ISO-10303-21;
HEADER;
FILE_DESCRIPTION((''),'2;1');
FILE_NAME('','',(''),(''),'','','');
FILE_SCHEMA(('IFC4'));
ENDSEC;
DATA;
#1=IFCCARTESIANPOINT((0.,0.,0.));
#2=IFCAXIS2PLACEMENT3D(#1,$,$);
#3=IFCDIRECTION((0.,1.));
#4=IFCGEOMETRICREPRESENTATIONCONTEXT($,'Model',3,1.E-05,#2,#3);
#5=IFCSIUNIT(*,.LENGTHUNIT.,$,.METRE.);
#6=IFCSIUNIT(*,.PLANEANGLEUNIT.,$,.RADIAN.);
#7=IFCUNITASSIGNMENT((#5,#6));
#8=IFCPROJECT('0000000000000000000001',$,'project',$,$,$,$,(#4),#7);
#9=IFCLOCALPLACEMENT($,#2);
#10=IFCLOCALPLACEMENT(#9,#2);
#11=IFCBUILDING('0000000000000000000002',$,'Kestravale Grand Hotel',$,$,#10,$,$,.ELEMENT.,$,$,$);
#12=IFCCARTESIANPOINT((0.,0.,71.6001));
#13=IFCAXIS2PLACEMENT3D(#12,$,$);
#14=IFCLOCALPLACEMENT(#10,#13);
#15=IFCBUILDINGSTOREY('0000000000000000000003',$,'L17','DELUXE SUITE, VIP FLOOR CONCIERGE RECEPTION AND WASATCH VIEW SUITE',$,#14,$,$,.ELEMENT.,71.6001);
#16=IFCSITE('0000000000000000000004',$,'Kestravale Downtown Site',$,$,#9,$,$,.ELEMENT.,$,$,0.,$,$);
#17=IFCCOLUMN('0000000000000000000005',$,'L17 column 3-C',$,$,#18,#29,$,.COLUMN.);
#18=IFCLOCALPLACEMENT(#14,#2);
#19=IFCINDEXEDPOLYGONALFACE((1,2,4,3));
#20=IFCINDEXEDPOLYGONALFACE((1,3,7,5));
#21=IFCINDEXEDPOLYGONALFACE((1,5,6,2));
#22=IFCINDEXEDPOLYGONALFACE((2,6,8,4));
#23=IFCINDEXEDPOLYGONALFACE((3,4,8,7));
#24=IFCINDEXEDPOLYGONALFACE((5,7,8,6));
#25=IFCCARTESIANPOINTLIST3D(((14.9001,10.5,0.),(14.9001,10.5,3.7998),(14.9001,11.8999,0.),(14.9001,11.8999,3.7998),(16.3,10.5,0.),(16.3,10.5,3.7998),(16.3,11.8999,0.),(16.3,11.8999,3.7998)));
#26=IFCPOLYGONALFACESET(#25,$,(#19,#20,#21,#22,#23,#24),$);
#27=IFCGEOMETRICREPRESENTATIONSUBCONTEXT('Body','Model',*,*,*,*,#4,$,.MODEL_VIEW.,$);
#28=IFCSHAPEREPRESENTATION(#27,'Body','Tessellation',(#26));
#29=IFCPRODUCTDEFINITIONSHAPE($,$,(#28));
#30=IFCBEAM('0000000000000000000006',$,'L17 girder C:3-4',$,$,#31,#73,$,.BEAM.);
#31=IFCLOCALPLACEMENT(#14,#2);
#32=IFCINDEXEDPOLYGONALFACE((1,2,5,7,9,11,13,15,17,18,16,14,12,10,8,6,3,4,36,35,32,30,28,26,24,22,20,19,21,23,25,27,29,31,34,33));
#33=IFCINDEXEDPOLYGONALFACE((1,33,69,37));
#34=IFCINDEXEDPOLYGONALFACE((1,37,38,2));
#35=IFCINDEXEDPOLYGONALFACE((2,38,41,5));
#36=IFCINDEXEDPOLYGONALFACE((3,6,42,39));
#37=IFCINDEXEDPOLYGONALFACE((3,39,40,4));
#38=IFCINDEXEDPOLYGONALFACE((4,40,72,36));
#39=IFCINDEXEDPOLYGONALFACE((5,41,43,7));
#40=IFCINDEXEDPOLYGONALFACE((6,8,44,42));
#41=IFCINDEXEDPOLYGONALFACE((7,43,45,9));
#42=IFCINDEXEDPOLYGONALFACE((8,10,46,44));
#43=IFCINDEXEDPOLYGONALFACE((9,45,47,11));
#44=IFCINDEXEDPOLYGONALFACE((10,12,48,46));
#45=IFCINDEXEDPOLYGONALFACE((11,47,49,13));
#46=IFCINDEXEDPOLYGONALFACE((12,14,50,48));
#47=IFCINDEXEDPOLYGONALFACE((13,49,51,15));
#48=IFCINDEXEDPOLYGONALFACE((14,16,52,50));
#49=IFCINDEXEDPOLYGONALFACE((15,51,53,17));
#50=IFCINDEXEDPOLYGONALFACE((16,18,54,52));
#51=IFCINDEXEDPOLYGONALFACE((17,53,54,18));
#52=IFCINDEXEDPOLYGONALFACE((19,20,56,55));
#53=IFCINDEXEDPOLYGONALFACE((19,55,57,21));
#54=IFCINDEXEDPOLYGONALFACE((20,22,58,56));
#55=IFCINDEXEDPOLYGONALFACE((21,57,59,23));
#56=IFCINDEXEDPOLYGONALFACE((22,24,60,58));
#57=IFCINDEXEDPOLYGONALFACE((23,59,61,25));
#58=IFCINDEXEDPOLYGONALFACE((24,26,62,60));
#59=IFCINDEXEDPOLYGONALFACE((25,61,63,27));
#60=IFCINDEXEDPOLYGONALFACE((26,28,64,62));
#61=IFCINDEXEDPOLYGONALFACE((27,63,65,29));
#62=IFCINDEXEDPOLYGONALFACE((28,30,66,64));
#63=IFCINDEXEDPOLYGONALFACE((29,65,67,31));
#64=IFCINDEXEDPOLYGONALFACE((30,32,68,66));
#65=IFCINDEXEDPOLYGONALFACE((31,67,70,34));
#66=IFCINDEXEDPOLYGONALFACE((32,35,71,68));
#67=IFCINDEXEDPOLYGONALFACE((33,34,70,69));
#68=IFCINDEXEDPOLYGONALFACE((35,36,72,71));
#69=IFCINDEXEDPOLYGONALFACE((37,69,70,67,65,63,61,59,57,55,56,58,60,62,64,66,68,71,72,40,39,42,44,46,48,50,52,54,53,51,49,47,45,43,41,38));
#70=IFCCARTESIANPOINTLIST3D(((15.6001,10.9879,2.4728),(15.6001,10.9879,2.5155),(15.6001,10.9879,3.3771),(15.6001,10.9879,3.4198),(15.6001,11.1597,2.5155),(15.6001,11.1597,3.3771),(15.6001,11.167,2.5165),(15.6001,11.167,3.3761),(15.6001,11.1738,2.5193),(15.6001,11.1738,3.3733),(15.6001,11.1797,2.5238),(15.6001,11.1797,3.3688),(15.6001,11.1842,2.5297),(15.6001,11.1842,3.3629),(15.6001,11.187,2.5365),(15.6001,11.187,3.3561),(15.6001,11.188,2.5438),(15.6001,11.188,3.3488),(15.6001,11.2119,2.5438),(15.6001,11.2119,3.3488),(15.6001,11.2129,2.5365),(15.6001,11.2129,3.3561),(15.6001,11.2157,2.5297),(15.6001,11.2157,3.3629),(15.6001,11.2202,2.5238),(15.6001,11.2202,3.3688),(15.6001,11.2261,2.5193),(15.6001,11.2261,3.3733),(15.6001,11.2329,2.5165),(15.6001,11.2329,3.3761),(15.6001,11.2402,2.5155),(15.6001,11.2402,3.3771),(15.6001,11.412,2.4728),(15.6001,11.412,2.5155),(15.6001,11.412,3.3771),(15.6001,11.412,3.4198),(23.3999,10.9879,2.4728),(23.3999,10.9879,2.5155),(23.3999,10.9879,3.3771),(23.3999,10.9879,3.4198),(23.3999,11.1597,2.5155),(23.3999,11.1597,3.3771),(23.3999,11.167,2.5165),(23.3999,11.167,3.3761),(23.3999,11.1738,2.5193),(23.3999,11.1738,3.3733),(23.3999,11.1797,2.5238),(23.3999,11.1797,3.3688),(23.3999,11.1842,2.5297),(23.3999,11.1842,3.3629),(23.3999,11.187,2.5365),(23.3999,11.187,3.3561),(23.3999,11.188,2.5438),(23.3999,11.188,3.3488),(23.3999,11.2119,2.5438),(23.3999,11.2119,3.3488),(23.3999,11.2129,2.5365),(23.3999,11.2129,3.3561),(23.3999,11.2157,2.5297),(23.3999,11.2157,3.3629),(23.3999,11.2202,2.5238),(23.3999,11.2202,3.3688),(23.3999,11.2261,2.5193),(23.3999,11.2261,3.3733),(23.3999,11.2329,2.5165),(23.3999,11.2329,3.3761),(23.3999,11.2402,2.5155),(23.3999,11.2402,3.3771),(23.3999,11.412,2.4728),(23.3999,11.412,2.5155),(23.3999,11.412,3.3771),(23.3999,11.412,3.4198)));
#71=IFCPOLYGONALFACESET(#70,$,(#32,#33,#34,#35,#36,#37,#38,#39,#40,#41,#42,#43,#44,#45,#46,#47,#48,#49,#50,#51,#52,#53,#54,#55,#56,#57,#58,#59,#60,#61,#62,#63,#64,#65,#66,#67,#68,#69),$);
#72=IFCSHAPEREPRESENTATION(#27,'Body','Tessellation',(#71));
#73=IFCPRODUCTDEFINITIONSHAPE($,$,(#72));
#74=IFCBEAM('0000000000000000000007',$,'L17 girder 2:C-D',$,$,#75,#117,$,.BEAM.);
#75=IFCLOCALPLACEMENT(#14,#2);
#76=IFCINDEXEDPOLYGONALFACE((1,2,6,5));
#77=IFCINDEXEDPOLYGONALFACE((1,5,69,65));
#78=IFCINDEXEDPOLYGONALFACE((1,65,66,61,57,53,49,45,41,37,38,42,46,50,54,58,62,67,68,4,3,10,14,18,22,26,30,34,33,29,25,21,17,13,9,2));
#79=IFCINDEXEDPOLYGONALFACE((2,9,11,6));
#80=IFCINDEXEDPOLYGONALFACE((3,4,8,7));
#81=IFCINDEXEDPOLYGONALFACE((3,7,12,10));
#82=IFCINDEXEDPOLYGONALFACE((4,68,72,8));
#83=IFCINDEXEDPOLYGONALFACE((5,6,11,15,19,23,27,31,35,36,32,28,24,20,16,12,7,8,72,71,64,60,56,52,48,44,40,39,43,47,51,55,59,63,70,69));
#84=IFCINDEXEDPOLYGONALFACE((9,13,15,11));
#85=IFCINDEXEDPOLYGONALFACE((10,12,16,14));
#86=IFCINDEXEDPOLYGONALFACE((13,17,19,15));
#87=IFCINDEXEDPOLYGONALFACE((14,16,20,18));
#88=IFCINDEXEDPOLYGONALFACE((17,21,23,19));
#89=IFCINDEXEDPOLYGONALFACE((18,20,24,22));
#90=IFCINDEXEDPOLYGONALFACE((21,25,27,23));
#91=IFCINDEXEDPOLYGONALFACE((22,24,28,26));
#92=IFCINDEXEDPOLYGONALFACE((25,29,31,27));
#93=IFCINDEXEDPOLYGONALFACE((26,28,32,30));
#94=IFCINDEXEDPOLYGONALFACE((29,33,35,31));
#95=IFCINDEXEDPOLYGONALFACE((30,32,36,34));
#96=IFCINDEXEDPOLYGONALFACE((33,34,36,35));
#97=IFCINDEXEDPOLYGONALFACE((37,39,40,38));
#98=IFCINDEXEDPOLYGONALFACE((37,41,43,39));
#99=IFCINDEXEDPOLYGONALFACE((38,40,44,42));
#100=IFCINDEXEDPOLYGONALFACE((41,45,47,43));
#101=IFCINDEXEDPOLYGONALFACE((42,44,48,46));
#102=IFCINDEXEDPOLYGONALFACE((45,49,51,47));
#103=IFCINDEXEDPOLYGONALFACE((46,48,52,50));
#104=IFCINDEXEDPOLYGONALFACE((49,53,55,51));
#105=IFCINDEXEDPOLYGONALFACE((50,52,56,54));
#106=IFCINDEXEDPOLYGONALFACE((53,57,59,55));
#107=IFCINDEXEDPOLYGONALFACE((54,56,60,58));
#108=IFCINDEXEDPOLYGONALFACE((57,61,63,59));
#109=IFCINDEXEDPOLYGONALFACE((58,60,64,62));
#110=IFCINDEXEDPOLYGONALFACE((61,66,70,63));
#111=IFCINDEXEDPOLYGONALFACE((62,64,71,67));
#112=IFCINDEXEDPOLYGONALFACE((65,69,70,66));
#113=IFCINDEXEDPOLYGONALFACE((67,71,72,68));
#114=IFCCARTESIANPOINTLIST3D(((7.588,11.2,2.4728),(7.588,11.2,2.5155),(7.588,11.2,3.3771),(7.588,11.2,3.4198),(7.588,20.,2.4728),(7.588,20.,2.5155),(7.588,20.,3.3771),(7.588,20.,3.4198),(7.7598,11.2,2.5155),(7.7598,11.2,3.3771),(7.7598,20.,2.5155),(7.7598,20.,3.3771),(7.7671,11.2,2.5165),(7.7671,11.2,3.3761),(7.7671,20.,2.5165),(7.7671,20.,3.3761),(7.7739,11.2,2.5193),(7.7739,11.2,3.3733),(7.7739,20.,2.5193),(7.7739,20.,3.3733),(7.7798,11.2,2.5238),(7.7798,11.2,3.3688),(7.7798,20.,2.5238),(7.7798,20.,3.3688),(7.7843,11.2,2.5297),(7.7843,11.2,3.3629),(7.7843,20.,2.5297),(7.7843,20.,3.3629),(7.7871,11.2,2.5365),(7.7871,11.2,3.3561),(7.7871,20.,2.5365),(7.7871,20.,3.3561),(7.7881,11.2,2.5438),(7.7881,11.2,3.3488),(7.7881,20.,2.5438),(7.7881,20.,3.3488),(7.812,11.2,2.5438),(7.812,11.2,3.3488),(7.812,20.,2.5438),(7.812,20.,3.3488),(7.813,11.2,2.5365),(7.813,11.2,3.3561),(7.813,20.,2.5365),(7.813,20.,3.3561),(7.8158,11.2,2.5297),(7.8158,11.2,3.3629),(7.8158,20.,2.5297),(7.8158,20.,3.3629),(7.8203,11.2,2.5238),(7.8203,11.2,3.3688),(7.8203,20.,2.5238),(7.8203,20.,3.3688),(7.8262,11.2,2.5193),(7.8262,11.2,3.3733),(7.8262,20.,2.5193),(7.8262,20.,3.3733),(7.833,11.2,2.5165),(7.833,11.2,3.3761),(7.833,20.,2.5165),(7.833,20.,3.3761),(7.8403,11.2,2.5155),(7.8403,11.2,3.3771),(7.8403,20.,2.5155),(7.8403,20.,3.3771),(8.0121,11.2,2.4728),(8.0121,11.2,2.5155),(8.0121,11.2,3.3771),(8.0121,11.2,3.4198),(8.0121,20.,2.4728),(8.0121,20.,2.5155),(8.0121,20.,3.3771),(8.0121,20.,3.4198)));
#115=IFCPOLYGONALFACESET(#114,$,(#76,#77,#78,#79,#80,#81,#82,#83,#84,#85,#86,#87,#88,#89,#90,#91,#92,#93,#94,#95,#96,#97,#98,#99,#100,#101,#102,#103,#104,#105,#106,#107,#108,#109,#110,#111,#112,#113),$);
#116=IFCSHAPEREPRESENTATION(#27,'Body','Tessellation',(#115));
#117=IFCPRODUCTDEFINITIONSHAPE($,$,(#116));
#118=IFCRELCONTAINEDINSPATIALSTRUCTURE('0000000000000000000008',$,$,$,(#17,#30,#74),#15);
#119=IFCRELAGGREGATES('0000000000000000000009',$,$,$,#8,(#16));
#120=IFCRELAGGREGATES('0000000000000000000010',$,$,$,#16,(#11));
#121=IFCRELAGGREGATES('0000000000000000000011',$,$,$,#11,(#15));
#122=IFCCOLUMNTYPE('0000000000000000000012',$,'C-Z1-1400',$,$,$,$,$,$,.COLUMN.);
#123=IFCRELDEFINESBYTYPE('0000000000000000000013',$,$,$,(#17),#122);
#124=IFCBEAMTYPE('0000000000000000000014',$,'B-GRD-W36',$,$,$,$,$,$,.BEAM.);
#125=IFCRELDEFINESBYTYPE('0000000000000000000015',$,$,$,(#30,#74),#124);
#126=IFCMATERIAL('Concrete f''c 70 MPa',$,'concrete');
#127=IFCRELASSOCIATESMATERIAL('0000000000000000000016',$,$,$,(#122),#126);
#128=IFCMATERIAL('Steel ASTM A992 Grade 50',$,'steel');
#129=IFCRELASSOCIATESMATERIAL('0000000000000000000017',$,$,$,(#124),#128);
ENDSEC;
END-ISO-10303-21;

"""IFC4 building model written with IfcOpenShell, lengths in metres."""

from ifc_helpers import new_model, si_unit, direction, frame, origin, origin_2d, place, context, subcontext, project, spatial, rectangle, i_section, extrude, material, material_profile, profile_set, type_object, element, save


model = new_model("IFC4")

# Units and contexts
model_context = context("Model", 3, precision=1e-05, world=origin(), true_north=direction((0.0, 1.0)))
body_context = subcontext(model_context, "Body", "Model", "MODEL_VIEW")
ifc_project = project(units=[si_unit("LENGTHUNIT", "METRE"), si_unit("PLANEANGLEUNIT", "RADIAN")], contexts=[model_context])

# Site, building, storey
site_placement = place(None, origin())
site = spatial("IfcSite", under=ifc_project, at=site_placement, Name="Kestravale Downtown Site", CompositionType="ELEMENT", RefElevation=0.0)
building_placement = place(site_placement, origin())
building = spatial("IfcBuilding", under=site, at=building_placement, Name="Kestravale Grand Hotel", CompositionType="ELEMENT")
storey_placement = place(building_placement, frame((0.0, 0.0, 71.6001)))
storey = spatial("IfcBuildingStorey", under=building, at=storey_placement, Name="L17", Description="DELUXE SUITE, VIP FLOOR CONCIERGE RECEPTION AND WASATCH VIEW SUITE", CompositionType="ELEMENT", Elevation=71.6001)

# Column
ifc_material_1 = material(Name="Concrete f'c 70 MPa", Category="concrete")
ifc_material_profile_1 = material_profile(ifc_material_1, rectangle(XDim=1.3999, YDim=1.3999, at=origin_2d()))
ifc_profile_set_1 = profile_set([ifc_material_profile_1], Name="Concrete f'c 70 MPa")
column_type = type_object("IfcColumnType", Name="C-Z1-1400", PredefinedType="COLUMN", material=ifc_profile_set_1)
column_placement = place(storey_placement, frame((15.6001, 11.2, 0.0), z_axis=(0.0, 0.0, 1.0), x_axis=(1.0, 0.0, 0.0)))
element("IfcColumn", 1, at=column_placement, inside=storey, type_object=column_type, Name="L17 column 3-C", PredefinedType="COLUMN", context=body_context, shape_type="SweptSolid", body=[
    extrude(rectangle(XDim=1.3999, YDim=1.3999, at=origin_2d()), origin(), (0.0, 0.0, 1.0), 3.7998),
])

# Beams
ifc_material_2 = material(Name="Steel ASTM A992 Grade 50", Category="steel")
ifc_material_profile_2 = material_profile(ifc_material_2, i_section(OverallWidth=0.4241, OverallDepth=0.947, WebThickness=0.0239, FlangeThickness=0.0427, FilletRadius=0.0283, at=origin_2d()))
ifc_profile_set_2 = profile_set([ifc_material_profile_2], Name="Steel ASTM A992 Grade 50")
beam_type = type_object("IfcBeamType", Name="B-GRD-W36", PredefinedType="BEAM", material=ifc_profile_set_2)
beam_1_placement = place(storey_placement, frame((15.6001, 11.2, 2.9463), z_axis=(1.0, 0.0, 0.0), x_axis=(0.0, 1.0, 0.0)))
element("IfcBeam", 2, at=beam_1_placement, inside=storey, type_object=beam_type, Name="L17 girder C:3-4", PredefinedType="BEAM", context=body_context, shape_type="SweptSolid", body=[
    extrude(i_section(OverallWidth=0.4241, OverallDepth=0.947, WebThickness=0.0239, FlangeThickness=0.0427, FilletRadius=0.0283, at=origin_2d()), origin(), (0.0, 0.0, 1.0), 7.7998),
])
beam_2_placement = place(storey_placement, frame((7.8, 11.2, 2.9463), z_axis=(0.0, 1.0, 0.0), x_axis=(-1.0, 0.0, 0.0)))
element("IfcBeam", 3, at=beam_2_placement, inside=storey, type_object=beam_type, Name="L17 girder 2:C-D", PredefinedType="BEAM", context=body_context, shape_type="SweptSolid", body=[
    extrude(i_section(OverallWidth=0.4241, OverallDepth=0.947, WebThickness=0.0239, FlangeThickness=0.0427, FilletRadius=0.0283, at=origin_2d()), origin(), (0.0, 0.0, 1.0), 8.8),
])

save(model, "model.ifc")
